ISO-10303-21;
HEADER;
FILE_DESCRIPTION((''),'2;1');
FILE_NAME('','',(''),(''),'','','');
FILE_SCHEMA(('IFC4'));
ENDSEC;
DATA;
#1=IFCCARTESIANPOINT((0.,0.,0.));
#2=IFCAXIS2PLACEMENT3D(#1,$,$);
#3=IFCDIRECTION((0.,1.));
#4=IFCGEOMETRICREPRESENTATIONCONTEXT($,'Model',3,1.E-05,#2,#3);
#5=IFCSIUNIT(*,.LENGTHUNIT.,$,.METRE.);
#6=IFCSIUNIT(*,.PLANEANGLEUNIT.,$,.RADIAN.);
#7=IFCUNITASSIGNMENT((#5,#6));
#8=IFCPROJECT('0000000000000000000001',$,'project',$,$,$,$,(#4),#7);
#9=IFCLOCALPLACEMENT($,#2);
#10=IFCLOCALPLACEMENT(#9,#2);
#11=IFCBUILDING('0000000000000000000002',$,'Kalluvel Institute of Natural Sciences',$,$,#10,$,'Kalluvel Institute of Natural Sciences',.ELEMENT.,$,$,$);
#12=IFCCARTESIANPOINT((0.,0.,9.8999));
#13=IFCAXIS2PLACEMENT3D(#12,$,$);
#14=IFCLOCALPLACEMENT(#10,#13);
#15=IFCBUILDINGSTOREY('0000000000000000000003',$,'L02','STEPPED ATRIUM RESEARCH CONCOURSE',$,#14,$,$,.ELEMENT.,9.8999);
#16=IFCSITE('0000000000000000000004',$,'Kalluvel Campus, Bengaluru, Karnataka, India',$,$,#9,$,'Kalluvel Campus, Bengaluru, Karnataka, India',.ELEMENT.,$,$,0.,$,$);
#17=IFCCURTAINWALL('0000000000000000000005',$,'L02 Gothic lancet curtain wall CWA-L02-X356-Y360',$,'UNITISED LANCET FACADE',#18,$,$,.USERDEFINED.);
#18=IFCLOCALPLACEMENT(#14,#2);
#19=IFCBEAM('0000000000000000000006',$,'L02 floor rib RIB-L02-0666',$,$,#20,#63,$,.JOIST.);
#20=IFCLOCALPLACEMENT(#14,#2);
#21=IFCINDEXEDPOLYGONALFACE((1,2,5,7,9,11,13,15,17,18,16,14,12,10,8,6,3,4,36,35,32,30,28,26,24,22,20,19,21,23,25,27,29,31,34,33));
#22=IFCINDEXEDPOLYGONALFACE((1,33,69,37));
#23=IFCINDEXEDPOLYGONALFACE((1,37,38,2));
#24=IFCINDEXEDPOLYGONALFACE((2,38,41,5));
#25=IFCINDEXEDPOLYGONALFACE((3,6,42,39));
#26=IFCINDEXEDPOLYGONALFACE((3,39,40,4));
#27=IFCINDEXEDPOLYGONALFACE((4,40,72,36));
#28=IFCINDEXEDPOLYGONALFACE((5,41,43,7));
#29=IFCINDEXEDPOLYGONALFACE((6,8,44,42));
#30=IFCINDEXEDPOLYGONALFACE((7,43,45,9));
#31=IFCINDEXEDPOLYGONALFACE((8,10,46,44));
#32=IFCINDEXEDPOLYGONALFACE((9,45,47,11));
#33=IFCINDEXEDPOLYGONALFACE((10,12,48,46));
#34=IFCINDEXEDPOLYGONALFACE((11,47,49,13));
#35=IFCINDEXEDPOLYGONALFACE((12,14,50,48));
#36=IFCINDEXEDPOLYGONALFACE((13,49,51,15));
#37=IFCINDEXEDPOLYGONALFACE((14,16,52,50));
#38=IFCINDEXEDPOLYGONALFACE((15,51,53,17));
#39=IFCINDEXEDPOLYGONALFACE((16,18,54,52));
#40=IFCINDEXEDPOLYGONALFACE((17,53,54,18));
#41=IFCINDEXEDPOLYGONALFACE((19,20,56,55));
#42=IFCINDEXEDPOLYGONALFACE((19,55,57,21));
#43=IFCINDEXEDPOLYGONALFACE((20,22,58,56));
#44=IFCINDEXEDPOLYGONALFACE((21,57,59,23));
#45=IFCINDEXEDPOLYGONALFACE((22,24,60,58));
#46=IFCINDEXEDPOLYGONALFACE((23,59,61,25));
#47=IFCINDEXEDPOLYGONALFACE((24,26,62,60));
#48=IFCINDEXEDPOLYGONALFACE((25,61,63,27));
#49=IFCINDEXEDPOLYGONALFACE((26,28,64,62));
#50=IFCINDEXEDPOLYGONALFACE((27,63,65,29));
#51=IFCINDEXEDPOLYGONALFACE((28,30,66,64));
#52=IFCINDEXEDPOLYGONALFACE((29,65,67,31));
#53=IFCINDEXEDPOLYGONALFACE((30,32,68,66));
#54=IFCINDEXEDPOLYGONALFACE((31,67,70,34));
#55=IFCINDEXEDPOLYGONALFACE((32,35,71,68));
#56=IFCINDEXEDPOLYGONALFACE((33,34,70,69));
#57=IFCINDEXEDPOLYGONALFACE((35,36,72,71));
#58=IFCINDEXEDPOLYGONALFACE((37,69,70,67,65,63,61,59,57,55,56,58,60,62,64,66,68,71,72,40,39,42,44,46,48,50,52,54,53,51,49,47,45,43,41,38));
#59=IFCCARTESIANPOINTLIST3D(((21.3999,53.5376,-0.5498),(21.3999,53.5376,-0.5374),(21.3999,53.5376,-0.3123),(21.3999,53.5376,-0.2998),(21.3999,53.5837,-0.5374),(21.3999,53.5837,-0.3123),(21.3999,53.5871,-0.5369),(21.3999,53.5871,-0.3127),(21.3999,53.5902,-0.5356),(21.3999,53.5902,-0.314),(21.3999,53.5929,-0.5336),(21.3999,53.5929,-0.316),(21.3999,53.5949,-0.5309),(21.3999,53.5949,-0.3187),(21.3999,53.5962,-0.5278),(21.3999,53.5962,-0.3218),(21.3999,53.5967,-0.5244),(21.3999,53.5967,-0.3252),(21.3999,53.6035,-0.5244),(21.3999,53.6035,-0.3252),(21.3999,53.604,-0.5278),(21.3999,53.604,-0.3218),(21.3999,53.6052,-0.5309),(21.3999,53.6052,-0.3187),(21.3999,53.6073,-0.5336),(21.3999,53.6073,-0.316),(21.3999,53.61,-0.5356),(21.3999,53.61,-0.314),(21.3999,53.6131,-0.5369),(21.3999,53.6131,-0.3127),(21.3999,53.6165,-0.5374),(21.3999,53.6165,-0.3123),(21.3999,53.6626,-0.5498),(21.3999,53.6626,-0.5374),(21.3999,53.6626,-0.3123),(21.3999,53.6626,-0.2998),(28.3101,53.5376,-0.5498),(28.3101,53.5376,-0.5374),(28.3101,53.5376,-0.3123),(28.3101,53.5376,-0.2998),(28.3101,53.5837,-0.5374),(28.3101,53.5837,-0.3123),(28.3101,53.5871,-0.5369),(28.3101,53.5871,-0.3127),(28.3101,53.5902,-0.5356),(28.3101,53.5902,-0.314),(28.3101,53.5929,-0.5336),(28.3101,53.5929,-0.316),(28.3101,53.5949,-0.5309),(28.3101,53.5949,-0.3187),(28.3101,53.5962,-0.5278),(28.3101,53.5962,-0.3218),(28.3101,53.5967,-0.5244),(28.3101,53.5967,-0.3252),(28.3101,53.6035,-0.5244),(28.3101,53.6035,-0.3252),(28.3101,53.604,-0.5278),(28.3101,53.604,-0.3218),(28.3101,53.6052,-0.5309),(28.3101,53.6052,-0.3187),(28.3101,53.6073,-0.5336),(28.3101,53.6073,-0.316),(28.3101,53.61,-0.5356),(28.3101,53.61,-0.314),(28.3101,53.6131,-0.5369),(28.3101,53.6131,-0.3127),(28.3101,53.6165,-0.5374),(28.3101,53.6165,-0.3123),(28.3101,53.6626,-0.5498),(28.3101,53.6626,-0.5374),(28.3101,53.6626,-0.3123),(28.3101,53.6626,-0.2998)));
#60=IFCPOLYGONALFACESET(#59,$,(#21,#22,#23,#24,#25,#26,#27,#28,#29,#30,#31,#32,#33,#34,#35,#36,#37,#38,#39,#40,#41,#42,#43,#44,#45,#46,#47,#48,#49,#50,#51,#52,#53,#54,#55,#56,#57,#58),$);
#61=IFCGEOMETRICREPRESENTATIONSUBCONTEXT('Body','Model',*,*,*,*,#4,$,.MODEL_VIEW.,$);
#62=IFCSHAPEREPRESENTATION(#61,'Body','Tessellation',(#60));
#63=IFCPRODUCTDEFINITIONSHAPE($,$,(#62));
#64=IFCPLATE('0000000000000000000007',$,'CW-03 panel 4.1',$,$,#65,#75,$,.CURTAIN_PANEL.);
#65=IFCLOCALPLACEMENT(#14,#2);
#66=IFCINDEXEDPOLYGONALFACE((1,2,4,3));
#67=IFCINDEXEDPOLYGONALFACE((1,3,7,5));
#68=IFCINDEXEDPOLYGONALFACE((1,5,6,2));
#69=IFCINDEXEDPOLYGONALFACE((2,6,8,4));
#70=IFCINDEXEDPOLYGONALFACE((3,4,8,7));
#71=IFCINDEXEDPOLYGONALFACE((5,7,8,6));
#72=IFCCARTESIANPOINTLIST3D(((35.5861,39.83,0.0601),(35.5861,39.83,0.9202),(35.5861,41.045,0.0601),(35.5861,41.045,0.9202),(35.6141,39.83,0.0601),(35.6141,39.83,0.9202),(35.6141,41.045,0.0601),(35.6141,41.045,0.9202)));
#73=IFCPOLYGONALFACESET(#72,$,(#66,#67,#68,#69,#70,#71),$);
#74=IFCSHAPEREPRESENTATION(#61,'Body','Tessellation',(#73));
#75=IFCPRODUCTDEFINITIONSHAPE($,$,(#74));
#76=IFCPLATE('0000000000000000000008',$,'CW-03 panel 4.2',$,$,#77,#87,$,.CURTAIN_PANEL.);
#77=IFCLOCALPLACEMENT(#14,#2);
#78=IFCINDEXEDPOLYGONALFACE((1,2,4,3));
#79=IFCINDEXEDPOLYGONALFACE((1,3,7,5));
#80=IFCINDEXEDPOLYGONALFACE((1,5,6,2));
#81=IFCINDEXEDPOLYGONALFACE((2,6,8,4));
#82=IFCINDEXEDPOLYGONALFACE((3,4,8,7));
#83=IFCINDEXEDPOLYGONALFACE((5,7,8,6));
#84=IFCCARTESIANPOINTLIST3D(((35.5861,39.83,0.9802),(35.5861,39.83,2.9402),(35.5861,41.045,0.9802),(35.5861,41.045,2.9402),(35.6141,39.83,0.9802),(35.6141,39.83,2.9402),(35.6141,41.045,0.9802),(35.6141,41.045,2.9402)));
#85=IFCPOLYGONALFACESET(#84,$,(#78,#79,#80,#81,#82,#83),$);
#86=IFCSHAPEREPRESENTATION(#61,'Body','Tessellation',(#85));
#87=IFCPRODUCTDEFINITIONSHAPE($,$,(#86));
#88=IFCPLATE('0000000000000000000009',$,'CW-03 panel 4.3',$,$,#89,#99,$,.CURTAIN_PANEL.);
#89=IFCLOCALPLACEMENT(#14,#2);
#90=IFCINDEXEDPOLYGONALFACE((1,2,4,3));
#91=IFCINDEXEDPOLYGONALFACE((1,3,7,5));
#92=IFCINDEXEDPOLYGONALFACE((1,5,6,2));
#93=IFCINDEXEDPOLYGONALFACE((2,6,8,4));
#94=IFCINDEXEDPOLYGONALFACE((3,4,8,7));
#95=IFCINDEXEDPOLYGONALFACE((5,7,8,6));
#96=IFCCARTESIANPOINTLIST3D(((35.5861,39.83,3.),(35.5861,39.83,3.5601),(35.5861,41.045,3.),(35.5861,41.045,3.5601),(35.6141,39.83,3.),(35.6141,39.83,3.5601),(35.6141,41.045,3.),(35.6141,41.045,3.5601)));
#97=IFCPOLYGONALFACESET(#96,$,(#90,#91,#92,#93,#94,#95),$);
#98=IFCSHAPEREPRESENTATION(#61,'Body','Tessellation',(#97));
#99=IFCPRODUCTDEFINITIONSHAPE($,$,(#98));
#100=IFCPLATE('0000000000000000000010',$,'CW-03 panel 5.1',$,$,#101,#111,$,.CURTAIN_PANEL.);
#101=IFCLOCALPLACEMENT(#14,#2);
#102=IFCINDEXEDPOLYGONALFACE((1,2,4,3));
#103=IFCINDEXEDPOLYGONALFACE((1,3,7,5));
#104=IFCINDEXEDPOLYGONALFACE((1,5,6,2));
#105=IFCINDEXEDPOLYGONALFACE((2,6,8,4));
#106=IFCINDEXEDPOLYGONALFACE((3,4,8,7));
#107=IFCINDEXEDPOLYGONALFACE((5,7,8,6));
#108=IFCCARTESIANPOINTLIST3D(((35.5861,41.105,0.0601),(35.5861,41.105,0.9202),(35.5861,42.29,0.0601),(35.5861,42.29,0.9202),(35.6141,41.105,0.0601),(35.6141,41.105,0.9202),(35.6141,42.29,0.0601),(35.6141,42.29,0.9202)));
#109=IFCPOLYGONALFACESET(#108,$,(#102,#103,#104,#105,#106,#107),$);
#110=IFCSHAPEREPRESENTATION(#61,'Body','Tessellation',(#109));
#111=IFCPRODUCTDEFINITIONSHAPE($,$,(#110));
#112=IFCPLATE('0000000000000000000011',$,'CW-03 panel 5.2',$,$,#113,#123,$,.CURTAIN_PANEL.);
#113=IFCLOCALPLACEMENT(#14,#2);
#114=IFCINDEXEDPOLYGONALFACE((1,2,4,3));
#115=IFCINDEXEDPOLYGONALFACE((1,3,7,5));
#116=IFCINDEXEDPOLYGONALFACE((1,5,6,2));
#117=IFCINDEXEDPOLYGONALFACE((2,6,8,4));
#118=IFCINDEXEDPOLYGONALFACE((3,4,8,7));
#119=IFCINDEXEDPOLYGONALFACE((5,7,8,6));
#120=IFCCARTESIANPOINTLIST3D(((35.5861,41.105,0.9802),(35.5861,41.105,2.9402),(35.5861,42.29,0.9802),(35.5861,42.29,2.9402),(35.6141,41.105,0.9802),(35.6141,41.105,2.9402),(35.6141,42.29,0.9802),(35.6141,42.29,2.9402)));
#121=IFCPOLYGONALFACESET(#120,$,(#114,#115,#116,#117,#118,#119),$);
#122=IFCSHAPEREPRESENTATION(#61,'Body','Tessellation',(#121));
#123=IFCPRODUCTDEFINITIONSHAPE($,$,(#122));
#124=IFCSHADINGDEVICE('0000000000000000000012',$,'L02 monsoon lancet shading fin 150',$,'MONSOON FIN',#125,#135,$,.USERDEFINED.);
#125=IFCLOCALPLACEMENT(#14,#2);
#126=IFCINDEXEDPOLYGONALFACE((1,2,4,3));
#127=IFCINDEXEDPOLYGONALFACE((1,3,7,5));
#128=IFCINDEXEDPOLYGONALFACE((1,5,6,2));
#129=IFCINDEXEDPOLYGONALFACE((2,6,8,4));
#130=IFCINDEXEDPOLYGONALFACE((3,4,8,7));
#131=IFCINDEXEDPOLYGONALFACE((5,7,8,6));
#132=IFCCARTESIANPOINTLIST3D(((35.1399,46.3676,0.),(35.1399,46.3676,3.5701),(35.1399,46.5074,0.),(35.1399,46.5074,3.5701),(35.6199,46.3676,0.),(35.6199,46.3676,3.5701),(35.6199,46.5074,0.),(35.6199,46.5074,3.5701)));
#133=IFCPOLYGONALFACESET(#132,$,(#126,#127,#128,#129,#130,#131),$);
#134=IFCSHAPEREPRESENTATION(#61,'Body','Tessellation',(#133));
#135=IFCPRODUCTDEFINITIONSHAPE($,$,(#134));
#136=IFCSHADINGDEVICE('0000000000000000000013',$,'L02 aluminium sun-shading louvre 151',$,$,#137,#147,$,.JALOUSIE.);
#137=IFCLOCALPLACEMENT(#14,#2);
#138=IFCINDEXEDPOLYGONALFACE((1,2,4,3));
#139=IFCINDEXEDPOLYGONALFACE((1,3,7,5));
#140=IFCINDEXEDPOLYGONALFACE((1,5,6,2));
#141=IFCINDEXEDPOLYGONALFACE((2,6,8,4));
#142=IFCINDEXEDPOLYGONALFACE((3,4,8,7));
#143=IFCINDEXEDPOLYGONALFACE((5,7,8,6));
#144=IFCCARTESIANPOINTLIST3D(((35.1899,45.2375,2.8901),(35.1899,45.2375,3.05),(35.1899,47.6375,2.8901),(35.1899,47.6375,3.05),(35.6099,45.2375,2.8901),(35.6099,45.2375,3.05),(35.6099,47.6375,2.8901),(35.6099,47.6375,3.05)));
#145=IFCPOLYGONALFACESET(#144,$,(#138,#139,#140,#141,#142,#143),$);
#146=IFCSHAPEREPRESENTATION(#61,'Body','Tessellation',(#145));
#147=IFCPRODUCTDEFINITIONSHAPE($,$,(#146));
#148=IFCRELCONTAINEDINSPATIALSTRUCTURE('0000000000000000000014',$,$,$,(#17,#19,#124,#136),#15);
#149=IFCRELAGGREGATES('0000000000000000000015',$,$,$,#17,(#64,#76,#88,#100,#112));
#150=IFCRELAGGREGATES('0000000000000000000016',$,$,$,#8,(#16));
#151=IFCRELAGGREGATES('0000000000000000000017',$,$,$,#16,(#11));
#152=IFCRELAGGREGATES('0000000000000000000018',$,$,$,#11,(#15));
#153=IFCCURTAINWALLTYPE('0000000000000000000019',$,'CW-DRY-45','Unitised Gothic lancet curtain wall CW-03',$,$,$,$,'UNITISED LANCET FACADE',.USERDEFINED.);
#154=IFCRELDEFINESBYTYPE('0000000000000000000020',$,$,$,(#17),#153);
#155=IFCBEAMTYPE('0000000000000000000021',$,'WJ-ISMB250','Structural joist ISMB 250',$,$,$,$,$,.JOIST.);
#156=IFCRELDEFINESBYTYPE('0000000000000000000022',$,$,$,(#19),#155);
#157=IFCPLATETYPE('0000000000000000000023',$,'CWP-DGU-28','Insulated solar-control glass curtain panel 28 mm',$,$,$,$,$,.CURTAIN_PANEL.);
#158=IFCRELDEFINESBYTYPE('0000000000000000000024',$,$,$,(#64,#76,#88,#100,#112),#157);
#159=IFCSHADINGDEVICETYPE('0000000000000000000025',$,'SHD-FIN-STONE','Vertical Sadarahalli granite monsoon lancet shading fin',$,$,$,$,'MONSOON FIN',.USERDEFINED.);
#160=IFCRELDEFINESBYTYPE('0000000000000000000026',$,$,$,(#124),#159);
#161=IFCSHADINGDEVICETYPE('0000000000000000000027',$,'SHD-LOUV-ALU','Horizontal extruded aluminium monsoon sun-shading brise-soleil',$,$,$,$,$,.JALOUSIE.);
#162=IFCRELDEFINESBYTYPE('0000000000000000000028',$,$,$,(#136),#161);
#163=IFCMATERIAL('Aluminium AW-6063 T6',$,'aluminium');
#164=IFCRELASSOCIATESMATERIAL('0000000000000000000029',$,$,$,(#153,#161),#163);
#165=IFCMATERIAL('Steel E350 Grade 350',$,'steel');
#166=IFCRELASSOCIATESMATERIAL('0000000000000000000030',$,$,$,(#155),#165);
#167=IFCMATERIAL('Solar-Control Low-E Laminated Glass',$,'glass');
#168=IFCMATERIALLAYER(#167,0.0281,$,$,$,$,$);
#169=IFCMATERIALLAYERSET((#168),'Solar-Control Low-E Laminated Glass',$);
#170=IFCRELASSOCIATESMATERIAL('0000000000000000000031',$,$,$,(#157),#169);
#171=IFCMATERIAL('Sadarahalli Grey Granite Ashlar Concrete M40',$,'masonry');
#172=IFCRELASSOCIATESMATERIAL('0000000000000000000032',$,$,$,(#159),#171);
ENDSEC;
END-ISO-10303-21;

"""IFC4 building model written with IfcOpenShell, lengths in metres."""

from ifc_helpers import new_model, si_unit, direction, frame, origin, origin_2d, place, context, subcontext, project, spatial, rectangle, i_section, extrude, material, layer, layer_set, material_profile, profile_set, type_object, element, aggregate, save


model = new_model("IFC4")

# Units and contexts
model_context = context("Model", 3, precision=1e-05, world=origin(), true_north=direction((0.0, 1.0)))
body_context = subcontext(model_context, "Body", "Model", "MODEL_VIEW")
ifc_project = project(units=[si_unit("LENGTHUNIT", "METRE"), si_unit("PLANEANGLEUNIT", "RADIAN")], contexts=[model_context])

# Site, building, storey
site_placement = place(None, origin())
site = spatial("IfcSite", under=ifc_project, at=site_placement, Name="Kalluvel Campus, Bengaluru, Karnataka, India", LongName="Kalluvel Campus, Bengaluru, Karnataka, India", CompositionType="ELEMENT", RefElevation=0.0)
building_placement = place(site_placement, origin())
building = spatial("IfcBuilding", under=site, at=building_placement, Name="Kalluvel Institute of Natural Sciences", LongName="Kalluvel Institute of Natural Sciences", CompositionType="ELEMENT")
storey_placement = place(building_placement, frame((0.0, 0.0, 9.8999)))
storey = spatial("IfcBuildingStorey", under=building, at=storey_placement, Name="L02", Description="STEPPED ATRIUM RESEARCH CONCOURSE", CompositionType="ELEMENT", Elevation=9.8999)

# Shared definitions
ifc_material_1 = material(Name="Steel E350 Grade 350", Category="steel")

# Curtain wall
ifc_material_2 = material(Name="Aluminium AW-6063 T6", Category="aluminium")
curtain_wall_type = type_object("IfcCurtainWallType", Name="CW-DRY-45", Description="Unitised Gothic lancet curtain wall CW-03", ElementType="UNITISED LANCET FACADE", PredefinedType="USERDEFINED", material=ifc_material_2)
curtain_wall_placement = place(storey_placement, origin())
curtain_wall = element("IfcCurtainWall", 1, at=curtain_wall_placement, inside=storey, type_object=curtain_wall_type, Name="L02 Gothic lancet curtain wall CWA-L02-X356-Y360", ObjectType="UNITISED LANCET FACADE", PredefinedType="USERDEFINED")

# Beam
ifc_material_profile_1 = material_profile(ifc_material_1, i_section(OverallWidth=0.125, OverallDepth=0.25, WebThickness=0.0068, FlangeThickness=0.0125, FilletRadius=0.0129, at=origin_2d()), Name="ISMB 250")
ifc_profile_set_1 = profile_set([ifc_material_profile_1], Name="Steel E350 Grade 350")
beam_type_1 = type_object("IfcBeamType", Name="WJ-ISMB250", Description="Structural joist ISMB 250", PredefinedType="JOIST", material=ifc_profile_set_1)
beam_1_placement = place(storey_placement, frame((21.3999, 53.6001, -0.4248), z_axis=(1.0, 0.0, 0.0), x_axis=(0.0, 1.0, 0.0)))
element("IfcBeam", 2, at=beam_1_placement, inside=storey, type_object=beam_type_1, Name="L02 floor rib RIB-L02-0666", PredefinedType="JOIST", context=body_context, shape_type="SweptSolid", body=[
    extrude(i_section(OverallWidth=0.125, OverallDepth=0.25, WebThickness=0.0068, FlangeThickness=0.0125, FilletRadius=0.0129, at=origin_2d()), origin(), (0.0, 0.0, 1.0), 6.9102),
])

# Plates
ifc_material_3 = material(Name="Solar-Control Low-E Laminated Glass", Category="glass")
ifc_layer = layer(ifc_material_3, 0.0281)
ifc_layer_set = layer_set([ifc_layer], Name="Solar-Control Low-E Laminated Glass")
plate_type = type_object("IfcPlateType", Name="CWP-DGU-28", Description="Insulated solar-control glass curtain panel 28 mm", PredefinedType="CURTAIN_PANEL", material=ifc_layer_set)
plate_1_placement = place(storey_placement, frame((35.6001, 40.4375, 0.0601), z_axis=(0.0, 0.0, 1.0), x_axis=(0.0, 1.0, 0.0)))
plate_1 = element("IfcPlate", 3, at=plate_1_placement, type_object=plate_type, Name="CW-03 panel 4.1", PredefinedType="CURTAIN_PANEL", context=body_context, shape_type="SweptSolid", body=[
    extrude(rectangle(XDim=1.2151, YDim=0.0281, at=origin_2d()), origin(), (0.0, 0.0, 1.0), 0.8601),
])
plate_2_placement = place(storey_placement, frame((35.6001, 40.4375, 0.9802), z_axis=(0.0, 0.0, 1.0), x_axis=(0.0, 1.0, 0.0)))
plate_2 = element("IfcPlate", 4, at=plate_2_placement, type_object=plate_type, Name="CW-03 panel 4.2", PredefinedType="CURTAIN_PANEL", context=body_context, shape_type="SweptSolid", body=[
    extrude(rectangle(XDim=1.2151, YDim=0.0281, at=origin_2d()), origin(), (0.0, 0.0, 1.0), 1.96),
])
plate_3_placement = place(storey_placement, frame((35.6001, 40.4375, 3.0), z_axis=(0.0, 0.0, 1.0), x_axis=(0.0, 1.0, 0.0)))
plate_3 = element("IfcPlate", 5, at=plate_3_placement, type_object=plate_type, Name="CW-03 panel 4.3", PredefinedType="CURTAIN_PANEL", context=body_context, shape_type="SweptSolid", body=[
    extrude(rectangle(XDim=1.2151, YDim=0.0281, at=origin_2d()), origin(), (0.0, 0.0, 1.0), 0.5601),
])
plate_4_placement = place(storey_placement, frame((35.6001, 41.6975, 0.0601), z_axis=(0.0, 0.0, 1.0), x_axis=(0.0, 1.0, 0.0)))
plate_4 = element("IfcPlate", 6, at=plate_4_placement, type_object=plate_type, Name="CW-03 panel 5.1", PredefinedType="CURTAIN_PANEL", context=body_context, shape_type="SweptSolid", body=[
    extrude(rectangle(XDim=1.1851, YDim=0.0281, at=origin_2d()), origin(), (0.0, 0.0, 1.0), 0.8601),
])
plate_5_placement = place(storey_placement, frame((35.6001, 41.6975, 0.9802), z_axis=(0.0, 0.0, 1.0), x_axis=(0.0, 1.0, 0.0)))
plate_5 = element("IfcPlate", 7, at=plate_5_placement, type_object=plate_type, Name="CW-03 panel 5.2", PredefinedType="CURTAIN_PANEL", context=body_context, shape_type="SweptSolid", body=[
    extrude(rectangle(XDim=1.1851, YDim=0.0281, at=origin_2d()), origin(), (0.0, 0.0, 1.0), 1.96),
])
aggregate(curtain_wall, [plate_1, plate_2, plate_3, plate_4, plate_5])

# Shading devices
ifc_material_4 = material(Name="Sadarahalli Grey Granite Ashlar Concrete M40", Category="masonry")
shading_device_type_1 = type_object("IfcShadingDeviceType", Name="SHD-FIN-STONE", Description="Vertical Sadarahalli granite monsoon lancet shading fin", ElementType="MONSOON FIN", PredefinedType="USERDEFINED", material=ifc_material_4)
shading_device_1_placement = place(storey_placement, frame((35.3799, 46.4375, 0.0), z_axis=(0.0, 0.0, 1.0), x_axis=(0.0, 1.0, 0.0)))
element("IfcShadingDevice", 8, at=shading_device_1_placement, inside=storey, type_object=shading_device_type_1, Name="L02 monsoon lancet shading fin 150", ObjectType="MONSOON FIN", PredefinedType="USERDEFINED", context=body_context, shape_type="SweptSolid", body=[
    extrude(rectangle(XDim=0.1399, YDim=0.48, at=origin_2d()), origin(), (0.0, 0.0, 1.0), 3.5701),
])
shading_device_type_2 = type_object("IfcShadingDeviceType", Name="SHD-LOUV-ALU", Description="Horizontal extruded aluminium monsoon sun-shading brise-soleil", PredefinedType="JALOUSIE", material=ifc_material_2)
shading_device_2_placement = place(storey_placement, frame((35.3999, 46.4375, 2.8901), z_axis=(0.0, 0.0, 1.0), x_axis=(0.0, 1.0, 0.0)))
element("IfcShadingDevice", 9, at=shading_device_2_placement, inside=storey, type_object=shading_device_type_2, Name="L02 aluminium sun-shading louvre 151", PredefinedType="JALOUSIE", context=body_context, shape_type="SweptSolid", body=[
    extrude(rectangle(XDim=2.3999, YDim=0.4199, at=origin_2d()), origin(), (0.0, 0.0, 1.0), 0.1599),
])

save(model, "model.ifc")
